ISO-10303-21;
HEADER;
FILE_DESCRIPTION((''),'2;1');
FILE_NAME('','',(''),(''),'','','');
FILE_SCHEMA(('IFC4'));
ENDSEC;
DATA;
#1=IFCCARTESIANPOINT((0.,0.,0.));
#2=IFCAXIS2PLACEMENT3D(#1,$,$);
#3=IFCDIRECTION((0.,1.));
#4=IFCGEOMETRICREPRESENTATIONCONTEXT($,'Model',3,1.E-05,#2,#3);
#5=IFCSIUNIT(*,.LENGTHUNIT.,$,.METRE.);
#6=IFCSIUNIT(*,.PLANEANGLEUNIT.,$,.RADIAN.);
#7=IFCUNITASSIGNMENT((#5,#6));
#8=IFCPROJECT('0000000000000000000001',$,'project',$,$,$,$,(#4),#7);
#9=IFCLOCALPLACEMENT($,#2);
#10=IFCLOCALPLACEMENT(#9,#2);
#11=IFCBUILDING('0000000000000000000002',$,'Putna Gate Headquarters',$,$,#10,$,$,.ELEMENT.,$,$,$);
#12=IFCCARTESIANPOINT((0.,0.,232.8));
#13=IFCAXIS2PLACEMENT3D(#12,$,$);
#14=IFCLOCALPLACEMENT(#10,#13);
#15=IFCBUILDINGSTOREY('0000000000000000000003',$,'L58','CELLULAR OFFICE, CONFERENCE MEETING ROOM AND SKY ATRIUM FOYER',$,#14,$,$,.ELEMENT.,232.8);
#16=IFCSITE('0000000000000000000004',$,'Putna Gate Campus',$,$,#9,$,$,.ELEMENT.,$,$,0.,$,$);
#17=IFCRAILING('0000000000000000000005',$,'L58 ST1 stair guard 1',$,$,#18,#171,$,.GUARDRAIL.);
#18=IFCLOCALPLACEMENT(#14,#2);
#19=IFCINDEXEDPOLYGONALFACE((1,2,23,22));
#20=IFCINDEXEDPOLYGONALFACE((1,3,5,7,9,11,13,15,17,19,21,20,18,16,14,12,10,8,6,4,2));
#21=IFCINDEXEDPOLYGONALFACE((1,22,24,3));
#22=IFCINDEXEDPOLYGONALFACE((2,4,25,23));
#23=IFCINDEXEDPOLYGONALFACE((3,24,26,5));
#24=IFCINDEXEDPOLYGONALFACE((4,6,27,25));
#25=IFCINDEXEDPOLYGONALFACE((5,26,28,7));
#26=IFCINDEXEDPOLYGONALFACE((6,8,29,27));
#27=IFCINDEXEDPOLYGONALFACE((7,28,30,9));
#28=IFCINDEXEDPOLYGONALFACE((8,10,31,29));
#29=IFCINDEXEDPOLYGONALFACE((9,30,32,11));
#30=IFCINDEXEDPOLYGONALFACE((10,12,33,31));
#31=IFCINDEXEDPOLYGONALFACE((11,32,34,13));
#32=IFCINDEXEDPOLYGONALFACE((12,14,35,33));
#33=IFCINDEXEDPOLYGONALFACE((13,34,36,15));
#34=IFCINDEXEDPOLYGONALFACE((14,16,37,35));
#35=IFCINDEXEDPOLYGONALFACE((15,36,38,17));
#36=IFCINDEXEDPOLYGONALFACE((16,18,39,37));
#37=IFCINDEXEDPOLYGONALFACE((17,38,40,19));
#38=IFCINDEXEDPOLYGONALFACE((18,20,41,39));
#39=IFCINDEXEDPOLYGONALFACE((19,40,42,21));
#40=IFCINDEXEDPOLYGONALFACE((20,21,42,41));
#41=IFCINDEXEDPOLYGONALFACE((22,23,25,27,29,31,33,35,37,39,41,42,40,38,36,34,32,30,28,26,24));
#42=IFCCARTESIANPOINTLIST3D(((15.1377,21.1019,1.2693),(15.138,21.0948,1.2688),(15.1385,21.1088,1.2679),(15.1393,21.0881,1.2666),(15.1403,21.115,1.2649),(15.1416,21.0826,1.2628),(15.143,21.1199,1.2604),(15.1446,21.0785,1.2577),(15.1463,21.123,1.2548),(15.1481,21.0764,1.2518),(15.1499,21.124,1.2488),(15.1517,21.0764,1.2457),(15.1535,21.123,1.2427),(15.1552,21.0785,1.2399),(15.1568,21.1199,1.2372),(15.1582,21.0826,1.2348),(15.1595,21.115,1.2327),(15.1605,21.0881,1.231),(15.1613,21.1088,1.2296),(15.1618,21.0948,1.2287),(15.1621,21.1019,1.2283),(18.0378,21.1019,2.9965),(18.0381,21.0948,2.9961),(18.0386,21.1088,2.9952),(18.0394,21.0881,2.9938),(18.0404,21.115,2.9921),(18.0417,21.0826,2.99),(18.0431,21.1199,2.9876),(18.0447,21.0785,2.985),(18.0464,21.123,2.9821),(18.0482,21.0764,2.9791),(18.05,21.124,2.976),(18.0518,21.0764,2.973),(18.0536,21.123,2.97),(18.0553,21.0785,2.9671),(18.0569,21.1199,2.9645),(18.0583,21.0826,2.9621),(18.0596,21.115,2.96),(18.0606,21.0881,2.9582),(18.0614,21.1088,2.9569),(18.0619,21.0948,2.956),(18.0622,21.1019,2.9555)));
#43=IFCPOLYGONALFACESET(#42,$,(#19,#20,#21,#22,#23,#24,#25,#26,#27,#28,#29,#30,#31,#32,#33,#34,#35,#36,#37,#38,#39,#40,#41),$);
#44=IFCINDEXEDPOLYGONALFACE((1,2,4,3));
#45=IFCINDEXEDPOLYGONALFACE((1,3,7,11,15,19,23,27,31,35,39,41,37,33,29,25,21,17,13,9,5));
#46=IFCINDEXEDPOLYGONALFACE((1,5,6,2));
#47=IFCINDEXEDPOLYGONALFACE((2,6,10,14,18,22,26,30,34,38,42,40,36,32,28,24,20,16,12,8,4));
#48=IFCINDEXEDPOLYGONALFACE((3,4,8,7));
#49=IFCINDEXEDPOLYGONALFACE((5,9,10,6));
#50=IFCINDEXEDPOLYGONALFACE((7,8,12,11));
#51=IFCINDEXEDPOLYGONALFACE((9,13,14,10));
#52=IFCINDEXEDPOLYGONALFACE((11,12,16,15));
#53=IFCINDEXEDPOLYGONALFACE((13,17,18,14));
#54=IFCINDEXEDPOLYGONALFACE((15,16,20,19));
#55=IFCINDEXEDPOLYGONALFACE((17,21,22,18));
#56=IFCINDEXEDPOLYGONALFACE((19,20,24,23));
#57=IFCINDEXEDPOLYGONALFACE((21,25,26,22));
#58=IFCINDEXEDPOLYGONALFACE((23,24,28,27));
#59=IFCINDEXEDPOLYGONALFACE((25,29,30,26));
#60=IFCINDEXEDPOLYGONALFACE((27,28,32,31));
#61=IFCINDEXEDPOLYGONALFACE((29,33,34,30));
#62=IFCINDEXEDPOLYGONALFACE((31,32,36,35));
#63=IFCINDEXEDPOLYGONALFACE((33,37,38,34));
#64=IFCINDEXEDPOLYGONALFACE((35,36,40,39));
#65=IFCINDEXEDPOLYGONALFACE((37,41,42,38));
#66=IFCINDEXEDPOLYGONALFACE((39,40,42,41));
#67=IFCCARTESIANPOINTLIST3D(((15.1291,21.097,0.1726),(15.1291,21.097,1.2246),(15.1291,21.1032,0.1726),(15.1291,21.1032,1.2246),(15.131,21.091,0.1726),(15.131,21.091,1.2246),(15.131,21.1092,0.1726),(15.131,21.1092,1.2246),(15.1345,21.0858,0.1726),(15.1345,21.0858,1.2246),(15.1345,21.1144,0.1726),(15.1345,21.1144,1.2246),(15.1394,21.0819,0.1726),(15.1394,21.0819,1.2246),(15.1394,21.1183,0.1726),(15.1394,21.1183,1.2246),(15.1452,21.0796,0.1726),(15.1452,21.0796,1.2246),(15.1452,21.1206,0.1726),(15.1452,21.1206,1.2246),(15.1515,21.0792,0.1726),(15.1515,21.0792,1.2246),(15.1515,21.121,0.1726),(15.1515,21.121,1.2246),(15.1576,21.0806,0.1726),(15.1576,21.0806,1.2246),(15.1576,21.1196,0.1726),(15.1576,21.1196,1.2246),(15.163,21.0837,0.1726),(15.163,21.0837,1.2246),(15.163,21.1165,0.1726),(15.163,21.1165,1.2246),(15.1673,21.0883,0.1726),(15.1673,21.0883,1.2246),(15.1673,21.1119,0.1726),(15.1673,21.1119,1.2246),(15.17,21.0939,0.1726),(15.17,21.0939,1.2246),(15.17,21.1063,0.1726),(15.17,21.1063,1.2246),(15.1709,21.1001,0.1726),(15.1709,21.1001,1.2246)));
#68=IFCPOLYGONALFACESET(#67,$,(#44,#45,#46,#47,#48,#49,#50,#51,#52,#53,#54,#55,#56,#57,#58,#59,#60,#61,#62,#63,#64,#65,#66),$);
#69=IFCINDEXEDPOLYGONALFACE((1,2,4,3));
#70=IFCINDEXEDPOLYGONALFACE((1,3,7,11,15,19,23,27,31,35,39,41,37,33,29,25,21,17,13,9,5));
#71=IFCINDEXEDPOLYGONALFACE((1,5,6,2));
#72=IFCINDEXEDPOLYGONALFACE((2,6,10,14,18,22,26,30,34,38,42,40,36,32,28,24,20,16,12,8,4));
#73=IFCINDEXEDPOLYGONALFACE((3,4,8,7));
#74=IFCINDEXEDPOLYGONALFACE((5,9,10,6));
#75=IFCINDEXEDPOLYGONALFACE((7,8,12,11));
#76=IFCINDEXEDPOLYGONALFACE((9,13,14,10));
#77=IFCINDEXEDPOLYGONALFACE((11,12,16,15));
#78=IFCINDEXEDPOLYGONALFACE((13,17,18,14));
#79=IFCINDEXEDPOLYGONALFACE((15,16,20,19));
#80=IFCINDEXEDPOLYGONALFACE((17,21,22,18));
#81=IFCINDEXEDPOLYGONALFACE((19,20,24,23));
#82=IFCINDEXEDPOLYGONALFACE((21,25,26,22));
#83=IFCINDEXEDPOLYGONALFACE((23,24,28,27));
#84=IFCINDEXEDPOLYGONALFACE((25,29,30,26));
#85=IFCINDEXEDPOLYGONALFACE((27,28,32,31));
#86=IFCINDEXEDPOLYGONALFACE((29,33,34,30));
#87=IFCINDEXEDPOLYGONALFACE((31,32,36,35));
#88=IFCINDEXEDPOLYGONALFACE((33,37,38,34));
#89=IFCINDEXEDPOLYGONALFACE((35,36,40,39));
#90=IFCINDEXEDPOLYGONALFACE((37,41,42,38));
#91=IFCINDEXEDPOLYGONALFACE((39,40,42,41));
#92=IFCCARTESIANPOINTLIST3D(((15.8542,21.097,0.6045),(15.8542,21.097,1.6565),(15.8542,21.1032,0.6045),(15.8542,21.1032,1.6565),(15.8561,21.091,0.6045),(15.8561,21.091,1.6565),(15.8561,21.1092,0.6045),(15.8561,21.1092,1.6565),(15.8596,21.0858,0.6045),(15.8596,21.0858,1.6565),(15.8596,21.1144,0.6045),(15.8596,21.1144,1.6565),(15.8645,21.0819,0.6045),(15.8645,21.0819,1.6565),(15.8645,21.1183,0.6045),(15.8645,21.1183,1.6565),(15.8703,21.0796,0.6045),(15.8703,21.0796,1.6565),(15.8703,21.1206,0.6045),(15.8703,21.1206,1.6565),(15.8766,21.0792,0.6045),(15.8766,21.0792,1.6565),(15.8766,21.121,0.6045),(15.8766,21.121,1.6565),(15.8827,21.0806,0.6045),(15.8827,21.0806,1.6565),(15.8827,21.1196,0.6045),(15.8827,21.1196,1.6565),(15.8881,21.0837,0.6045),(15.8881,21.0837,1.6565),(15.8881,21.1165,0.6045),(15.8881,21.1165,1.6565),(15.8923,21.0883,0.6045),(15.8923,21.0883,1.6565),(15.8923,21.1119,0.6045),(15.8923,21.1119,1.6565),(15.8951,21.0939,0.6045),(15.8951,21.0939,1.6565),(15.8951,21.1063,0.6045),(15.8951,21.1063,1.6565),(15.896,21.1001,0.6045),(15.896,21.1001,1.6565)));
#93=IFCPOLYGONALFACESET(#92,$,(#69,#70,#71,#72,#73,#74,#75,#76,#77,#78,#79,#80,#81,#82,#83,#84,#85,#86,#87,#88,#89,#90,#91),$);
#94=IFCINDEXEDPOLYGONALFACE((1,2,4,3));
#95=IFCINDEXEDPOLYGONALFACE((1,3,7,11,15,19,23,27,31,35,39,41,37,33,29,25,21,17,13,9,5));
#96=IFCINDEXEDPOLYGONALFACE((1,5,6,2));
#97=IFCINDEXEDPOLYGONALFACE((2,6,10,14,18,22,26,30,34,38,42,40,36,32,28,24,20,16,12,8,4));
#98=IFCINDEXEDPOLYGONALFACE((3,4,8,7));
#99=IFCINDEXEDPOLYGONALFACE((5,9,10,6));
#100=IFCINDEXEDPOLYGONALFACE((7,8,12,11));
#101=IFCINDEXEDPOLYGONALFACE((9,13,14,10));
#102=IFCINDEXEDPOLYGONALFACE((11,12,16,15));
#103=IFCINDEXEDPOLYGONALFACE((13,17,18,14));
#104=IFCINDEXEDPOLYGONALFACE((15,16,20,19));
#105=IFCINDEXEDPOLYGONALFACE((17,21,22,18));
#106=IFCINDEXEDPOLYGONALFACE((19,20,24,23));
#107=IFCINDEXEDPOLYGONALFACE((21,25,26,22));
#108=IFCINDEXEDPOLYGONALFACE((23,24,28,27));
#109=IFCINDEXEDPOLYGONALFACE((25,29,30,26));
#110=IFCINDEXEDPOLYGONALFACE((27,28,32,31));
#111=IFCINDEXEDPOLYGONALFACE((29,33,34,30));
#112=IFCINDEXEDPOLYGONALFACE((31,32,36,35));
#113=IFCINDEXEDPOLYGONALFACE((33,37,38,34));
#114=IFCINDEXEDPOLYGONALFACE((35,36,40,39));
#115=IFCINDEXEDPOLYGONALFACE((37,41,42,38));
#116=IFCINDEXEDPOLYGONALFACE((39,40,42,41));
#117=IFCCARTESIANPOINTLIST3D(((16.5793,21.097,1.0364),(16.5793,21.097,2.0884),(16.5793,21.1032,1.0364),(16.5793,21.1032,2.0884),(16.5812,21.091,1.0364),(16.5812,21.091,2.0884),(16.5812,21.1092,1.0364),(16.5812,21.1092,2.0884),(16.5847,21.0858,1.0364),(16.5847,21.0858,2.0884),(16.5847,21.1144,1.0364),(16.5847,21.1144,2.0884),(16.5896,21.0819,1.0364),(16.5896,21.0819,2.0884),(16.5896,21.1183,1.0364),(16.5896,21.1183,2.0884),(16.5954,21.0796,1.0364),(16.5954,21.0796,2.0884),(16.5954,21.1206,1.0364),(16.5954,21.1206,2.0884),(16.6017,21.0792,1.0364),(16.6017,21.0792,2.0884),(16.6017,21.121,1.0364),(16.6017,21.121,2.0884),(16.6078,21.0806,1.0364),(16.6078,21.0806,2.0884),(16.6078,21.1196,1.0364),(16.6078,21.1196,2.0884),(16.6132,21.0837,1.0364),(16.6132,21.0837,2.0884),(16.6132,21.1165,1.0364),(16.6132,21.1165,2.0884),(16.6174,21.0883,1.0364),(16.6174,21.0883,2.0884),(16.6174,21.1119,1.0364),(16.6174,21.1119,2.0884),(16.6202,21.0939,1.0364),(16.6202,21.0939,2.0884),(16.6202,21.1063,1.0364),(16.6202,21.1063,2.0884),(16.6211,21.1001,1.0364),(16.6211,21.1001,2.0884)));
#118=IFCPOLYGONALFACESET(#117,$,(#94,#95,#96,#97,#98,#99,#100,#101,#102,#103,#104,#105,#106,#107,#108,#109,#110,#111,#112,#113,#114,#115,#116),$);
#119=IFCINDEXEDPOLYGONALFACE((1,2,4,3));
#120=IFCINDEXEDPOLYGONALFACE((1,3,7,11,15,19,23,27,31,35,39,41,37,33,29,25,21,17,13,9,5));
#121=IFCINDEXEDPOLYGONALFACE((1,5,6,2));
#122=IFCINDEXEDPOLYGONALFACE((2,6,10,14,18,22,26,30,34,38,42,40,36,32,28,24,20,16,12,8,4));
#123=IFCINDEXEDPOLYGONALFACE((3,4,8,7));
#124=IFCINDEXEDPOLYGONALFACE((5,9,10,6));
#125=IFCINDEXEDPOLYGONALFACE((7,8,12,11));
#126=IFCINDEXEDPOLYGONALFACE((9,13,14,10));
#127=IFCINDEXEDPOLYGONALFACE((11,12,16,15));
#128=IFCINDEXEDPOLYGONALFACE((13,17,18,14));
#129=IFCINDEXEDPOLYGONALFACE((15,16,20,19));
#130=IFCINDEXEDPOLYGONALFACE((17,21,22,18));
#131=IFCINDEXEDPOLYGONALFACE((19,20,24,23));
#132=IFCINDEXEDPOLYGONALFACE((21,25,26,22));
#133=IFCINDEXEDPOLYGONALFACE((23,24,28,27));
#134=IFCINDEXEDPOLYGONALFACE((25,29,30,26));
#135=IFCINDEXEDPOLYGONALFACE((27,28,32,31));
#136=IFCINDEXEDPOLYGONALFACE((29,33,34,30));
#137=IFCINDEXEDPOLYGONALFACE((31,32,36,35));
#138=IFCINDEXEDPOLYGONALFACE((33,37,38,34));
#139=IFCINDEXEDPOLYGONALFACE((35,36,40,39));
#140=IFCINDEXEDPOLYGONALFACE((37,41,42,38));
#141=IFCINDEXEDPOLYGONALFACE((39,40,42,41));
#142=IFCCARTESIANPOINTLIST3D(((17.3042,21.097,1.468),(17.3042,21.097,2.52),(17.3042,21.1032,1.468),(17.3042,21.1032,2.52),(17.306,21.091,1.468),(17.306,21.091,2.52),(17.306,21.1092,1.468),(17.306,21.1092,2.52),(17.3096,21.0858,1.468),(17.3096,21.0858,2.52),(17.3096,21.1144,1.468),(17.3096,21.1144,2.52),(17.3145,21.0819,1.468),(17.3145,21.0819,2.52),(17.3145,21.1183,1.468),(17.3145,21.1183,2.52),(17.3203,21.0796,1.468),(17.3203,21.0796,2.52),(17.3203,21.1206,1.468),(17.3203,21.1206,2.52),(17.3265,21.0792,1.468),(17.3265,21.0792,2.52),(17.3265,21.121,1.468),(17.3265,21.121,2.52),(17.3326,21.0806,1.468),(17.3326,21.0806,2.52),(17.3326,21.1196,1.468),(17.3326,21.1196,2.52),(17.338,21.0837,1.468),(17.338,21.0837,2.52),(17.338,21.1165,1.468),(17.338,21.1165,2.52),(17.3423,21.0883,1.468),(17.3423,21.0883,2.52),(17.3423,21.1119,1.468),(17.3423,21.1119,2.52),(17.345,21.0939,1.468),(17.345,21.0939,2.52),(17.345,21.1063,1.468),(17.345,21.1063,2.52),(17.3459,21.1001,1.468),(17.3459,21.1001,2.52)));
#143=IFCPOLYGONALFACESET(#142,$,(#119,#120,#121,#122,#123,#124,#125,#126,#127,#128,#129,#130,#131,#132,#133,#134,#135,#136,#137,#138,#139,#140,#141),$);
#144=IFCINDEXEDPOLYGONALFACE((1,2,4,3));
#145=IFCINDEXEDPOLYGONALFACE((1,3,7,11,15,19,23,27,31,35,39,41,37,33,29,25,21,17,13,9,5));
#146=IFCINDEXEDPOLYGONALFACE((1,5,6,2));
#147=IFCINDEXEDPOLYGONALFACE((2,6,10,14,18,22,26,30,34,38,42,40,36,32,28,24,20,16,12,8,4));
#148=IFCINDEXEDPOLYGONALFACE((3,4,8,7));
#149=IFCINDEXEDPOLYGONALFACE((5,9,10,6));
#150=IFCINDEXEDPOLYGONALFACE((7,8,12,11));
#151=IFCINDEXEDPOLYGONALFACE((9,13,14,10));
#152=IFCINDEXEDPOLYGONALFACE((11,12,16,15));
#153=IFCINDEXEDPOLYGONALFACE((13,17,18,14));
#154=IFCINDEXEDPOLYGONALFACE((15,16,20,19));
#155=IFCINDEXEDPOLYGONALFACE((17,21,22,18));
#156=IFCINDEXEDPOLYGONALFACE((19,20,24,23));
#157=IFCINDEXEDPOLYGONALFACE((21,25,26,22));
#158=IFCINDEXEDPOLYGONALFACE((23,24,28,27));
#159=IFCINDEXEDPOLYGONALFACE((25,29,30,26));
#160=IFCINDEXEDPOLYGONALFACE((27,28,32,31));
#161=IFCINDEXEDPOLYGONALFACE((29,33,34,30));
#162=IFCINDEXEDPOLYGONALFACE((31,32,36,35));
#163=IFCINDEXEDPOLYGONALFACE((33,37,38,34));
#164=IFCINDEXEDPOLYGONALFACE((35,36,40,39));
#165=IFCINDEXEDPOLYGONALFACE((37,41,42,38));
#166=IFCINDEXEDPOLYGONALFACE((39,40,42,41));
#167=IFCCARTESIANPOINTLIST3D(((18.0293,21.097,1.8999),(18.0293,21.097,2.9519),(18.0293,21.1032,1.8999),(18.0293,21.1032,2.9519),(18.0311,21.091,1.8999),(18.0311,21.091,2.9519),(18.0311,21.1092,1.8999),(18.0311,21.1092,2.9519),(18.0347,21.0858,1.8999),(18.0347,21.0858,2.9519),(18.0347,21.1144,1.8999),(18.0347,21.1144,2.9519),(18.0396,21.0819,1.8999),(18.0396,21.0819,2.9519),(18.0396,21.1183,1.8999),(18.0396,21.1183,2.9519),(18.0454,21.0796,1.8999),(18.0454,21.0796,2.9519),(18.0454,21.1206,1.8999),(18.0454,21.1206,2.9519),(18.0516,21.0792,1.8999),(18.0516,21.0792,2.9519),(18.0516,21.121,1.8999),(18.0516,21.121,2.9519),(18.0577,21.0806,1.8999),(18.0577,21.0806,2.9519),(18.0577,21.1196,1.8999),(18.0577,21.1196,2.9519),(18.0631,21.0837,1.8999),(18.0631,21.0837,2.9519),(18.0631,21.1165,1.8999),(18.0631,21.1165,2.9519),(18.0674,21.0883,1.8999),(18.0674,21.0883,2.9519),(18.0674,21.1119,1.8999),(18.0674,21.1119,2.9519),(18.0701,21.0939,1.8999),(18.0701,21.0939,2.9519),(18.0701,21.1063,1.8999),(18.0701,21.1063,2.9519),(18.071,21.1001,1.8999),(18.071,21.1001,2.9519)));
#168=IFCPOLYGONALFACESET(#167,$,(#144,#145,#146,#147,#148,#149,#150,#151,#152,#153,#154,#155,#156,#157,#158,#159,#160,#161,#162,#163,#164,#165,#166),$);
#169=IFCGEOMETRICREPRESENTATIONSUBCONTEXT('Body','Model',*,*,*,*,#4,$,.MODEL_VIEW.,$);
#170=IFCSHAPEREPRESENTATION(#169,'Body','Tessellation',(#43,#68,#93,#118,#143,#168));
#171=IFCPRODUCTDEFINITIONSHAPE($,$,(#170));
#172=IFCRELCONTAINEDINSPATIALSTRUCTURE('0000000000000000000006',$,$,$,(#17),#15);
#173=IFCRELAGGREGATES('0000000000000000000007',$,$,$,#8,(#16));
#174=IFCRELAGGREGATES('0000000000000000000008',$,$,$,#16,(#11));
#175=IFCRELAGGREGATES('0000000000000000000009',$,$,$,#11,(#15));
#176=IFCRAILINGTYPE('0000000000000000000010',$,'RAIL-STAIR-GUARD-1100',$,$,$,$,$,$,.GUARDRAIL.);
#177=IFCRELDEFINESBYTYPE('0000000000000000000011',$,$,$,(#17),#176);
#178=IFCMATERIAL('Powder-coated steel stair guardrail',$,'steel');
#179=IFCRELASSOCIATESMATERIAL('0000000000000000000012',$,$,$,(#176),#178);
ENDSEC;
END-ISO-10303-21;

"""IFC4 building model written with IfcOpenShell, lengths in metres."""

from ifc_helpers import new_model, si_unit, direction, frame, origin, origin_2d, place, context, subcontext, project, spatial, circle, extrude, material, type_object, element, save


model = new_model("IFC4")

# Units and contexts
model_context = context("Model", 3, precision=1e-05, world=origin(), true_north=direction((0.0, 1.0)))
body_context = subcontext(model_context, "Body", "Model", "MODEL_VIEW")
ifc_project = project(units=[si_unit("LENGTHUNIT", "METRE"), si_unit("PLANEANGLEUNIT", "RADIAN")], contexts=[model_context])

# Site, building, storey
site_placement = place(None, origin())
site = spatial("IfcSite", under=ifc_project, at=site_placement, Name="Putna Gate Campus", CompositionType="ELEMENT", RefElevation=0.0)
building_placement = place(site_placement, origin())
building = spatial("IfcBuilding", under=site, at=building_placement, Name="Putna Gate Headquarters", CompositionType="ELEMENT")
storey_placement = place(building_placement, frame((0.0, 0.0, 232.8)))
storey = spatial("IfcBuildingStorey", under=building, at=storey_placement, Name="L58", Description="CELLULAR OFFICE, CONFERENCE MEETING ROOM AND SKY ATRIUM FOYER", CompositionType="ELEMENT", Elevation=232.8)

# Railing
ifc_material_1 = material(Name="Powder-coated steel stair guardrail", Category="steel")
railing_type_1 = type_object("IfcRailingType", Name="RAIL-STAIR-GUARD-1100", PredefinedType="GUARDRAIL", material=ifc_material_1)
railing_1_placement = place(storey_placement, frame((15.1499, 21.1001, 0.1726)))
element("IfcRailing", 1, at=railing_1_placement, inside=storey, type_object=railing_type_1, Name="L58 ST1 stair guard 1", PredefinedType="GUARDRAIL", context=body_context, shape_type="SweptSolid", body=[
    extrude(circle(Radius=0.0239, at=origin_2d()), frame((0.0, 0.0, 1.0762), z_axis=(0.85916, 0.0, 0.511706), x_axis=(0.0, 1.0, 0.0)), (0.0, 0.0, 1.0), 3.3755),
    extrude(circle(Radius=0.021, at=origin_2d()), origin(), (0.0, 0.0, 1.0), 1.052),
    extrude(circle(Radius=0.021, at=origin_2d()), frame((0.7251, 0.0, 0.4319)), (0.0, 0.0, 1.0), 1.052),
    extrude(circle(Radius=0.021, at=origin_2d()), frame((1.4502, 0.0, 0.8638)), (0.0, 0.0, 1.0), 1.052),
    extrude(circle(Radius=0.021, at=origin_2d()), frame((2.175, 0.0, 1.2954)), (0.0, 0.0, 1.0), 1.052),
    extrude(circle(Radius=0.021, at=origin_2d()), frame((2.9001, 0.0, 1.7273)), (0.0, 0.0, 1.0), 1.052),
])

save(model, "model.ifc")
